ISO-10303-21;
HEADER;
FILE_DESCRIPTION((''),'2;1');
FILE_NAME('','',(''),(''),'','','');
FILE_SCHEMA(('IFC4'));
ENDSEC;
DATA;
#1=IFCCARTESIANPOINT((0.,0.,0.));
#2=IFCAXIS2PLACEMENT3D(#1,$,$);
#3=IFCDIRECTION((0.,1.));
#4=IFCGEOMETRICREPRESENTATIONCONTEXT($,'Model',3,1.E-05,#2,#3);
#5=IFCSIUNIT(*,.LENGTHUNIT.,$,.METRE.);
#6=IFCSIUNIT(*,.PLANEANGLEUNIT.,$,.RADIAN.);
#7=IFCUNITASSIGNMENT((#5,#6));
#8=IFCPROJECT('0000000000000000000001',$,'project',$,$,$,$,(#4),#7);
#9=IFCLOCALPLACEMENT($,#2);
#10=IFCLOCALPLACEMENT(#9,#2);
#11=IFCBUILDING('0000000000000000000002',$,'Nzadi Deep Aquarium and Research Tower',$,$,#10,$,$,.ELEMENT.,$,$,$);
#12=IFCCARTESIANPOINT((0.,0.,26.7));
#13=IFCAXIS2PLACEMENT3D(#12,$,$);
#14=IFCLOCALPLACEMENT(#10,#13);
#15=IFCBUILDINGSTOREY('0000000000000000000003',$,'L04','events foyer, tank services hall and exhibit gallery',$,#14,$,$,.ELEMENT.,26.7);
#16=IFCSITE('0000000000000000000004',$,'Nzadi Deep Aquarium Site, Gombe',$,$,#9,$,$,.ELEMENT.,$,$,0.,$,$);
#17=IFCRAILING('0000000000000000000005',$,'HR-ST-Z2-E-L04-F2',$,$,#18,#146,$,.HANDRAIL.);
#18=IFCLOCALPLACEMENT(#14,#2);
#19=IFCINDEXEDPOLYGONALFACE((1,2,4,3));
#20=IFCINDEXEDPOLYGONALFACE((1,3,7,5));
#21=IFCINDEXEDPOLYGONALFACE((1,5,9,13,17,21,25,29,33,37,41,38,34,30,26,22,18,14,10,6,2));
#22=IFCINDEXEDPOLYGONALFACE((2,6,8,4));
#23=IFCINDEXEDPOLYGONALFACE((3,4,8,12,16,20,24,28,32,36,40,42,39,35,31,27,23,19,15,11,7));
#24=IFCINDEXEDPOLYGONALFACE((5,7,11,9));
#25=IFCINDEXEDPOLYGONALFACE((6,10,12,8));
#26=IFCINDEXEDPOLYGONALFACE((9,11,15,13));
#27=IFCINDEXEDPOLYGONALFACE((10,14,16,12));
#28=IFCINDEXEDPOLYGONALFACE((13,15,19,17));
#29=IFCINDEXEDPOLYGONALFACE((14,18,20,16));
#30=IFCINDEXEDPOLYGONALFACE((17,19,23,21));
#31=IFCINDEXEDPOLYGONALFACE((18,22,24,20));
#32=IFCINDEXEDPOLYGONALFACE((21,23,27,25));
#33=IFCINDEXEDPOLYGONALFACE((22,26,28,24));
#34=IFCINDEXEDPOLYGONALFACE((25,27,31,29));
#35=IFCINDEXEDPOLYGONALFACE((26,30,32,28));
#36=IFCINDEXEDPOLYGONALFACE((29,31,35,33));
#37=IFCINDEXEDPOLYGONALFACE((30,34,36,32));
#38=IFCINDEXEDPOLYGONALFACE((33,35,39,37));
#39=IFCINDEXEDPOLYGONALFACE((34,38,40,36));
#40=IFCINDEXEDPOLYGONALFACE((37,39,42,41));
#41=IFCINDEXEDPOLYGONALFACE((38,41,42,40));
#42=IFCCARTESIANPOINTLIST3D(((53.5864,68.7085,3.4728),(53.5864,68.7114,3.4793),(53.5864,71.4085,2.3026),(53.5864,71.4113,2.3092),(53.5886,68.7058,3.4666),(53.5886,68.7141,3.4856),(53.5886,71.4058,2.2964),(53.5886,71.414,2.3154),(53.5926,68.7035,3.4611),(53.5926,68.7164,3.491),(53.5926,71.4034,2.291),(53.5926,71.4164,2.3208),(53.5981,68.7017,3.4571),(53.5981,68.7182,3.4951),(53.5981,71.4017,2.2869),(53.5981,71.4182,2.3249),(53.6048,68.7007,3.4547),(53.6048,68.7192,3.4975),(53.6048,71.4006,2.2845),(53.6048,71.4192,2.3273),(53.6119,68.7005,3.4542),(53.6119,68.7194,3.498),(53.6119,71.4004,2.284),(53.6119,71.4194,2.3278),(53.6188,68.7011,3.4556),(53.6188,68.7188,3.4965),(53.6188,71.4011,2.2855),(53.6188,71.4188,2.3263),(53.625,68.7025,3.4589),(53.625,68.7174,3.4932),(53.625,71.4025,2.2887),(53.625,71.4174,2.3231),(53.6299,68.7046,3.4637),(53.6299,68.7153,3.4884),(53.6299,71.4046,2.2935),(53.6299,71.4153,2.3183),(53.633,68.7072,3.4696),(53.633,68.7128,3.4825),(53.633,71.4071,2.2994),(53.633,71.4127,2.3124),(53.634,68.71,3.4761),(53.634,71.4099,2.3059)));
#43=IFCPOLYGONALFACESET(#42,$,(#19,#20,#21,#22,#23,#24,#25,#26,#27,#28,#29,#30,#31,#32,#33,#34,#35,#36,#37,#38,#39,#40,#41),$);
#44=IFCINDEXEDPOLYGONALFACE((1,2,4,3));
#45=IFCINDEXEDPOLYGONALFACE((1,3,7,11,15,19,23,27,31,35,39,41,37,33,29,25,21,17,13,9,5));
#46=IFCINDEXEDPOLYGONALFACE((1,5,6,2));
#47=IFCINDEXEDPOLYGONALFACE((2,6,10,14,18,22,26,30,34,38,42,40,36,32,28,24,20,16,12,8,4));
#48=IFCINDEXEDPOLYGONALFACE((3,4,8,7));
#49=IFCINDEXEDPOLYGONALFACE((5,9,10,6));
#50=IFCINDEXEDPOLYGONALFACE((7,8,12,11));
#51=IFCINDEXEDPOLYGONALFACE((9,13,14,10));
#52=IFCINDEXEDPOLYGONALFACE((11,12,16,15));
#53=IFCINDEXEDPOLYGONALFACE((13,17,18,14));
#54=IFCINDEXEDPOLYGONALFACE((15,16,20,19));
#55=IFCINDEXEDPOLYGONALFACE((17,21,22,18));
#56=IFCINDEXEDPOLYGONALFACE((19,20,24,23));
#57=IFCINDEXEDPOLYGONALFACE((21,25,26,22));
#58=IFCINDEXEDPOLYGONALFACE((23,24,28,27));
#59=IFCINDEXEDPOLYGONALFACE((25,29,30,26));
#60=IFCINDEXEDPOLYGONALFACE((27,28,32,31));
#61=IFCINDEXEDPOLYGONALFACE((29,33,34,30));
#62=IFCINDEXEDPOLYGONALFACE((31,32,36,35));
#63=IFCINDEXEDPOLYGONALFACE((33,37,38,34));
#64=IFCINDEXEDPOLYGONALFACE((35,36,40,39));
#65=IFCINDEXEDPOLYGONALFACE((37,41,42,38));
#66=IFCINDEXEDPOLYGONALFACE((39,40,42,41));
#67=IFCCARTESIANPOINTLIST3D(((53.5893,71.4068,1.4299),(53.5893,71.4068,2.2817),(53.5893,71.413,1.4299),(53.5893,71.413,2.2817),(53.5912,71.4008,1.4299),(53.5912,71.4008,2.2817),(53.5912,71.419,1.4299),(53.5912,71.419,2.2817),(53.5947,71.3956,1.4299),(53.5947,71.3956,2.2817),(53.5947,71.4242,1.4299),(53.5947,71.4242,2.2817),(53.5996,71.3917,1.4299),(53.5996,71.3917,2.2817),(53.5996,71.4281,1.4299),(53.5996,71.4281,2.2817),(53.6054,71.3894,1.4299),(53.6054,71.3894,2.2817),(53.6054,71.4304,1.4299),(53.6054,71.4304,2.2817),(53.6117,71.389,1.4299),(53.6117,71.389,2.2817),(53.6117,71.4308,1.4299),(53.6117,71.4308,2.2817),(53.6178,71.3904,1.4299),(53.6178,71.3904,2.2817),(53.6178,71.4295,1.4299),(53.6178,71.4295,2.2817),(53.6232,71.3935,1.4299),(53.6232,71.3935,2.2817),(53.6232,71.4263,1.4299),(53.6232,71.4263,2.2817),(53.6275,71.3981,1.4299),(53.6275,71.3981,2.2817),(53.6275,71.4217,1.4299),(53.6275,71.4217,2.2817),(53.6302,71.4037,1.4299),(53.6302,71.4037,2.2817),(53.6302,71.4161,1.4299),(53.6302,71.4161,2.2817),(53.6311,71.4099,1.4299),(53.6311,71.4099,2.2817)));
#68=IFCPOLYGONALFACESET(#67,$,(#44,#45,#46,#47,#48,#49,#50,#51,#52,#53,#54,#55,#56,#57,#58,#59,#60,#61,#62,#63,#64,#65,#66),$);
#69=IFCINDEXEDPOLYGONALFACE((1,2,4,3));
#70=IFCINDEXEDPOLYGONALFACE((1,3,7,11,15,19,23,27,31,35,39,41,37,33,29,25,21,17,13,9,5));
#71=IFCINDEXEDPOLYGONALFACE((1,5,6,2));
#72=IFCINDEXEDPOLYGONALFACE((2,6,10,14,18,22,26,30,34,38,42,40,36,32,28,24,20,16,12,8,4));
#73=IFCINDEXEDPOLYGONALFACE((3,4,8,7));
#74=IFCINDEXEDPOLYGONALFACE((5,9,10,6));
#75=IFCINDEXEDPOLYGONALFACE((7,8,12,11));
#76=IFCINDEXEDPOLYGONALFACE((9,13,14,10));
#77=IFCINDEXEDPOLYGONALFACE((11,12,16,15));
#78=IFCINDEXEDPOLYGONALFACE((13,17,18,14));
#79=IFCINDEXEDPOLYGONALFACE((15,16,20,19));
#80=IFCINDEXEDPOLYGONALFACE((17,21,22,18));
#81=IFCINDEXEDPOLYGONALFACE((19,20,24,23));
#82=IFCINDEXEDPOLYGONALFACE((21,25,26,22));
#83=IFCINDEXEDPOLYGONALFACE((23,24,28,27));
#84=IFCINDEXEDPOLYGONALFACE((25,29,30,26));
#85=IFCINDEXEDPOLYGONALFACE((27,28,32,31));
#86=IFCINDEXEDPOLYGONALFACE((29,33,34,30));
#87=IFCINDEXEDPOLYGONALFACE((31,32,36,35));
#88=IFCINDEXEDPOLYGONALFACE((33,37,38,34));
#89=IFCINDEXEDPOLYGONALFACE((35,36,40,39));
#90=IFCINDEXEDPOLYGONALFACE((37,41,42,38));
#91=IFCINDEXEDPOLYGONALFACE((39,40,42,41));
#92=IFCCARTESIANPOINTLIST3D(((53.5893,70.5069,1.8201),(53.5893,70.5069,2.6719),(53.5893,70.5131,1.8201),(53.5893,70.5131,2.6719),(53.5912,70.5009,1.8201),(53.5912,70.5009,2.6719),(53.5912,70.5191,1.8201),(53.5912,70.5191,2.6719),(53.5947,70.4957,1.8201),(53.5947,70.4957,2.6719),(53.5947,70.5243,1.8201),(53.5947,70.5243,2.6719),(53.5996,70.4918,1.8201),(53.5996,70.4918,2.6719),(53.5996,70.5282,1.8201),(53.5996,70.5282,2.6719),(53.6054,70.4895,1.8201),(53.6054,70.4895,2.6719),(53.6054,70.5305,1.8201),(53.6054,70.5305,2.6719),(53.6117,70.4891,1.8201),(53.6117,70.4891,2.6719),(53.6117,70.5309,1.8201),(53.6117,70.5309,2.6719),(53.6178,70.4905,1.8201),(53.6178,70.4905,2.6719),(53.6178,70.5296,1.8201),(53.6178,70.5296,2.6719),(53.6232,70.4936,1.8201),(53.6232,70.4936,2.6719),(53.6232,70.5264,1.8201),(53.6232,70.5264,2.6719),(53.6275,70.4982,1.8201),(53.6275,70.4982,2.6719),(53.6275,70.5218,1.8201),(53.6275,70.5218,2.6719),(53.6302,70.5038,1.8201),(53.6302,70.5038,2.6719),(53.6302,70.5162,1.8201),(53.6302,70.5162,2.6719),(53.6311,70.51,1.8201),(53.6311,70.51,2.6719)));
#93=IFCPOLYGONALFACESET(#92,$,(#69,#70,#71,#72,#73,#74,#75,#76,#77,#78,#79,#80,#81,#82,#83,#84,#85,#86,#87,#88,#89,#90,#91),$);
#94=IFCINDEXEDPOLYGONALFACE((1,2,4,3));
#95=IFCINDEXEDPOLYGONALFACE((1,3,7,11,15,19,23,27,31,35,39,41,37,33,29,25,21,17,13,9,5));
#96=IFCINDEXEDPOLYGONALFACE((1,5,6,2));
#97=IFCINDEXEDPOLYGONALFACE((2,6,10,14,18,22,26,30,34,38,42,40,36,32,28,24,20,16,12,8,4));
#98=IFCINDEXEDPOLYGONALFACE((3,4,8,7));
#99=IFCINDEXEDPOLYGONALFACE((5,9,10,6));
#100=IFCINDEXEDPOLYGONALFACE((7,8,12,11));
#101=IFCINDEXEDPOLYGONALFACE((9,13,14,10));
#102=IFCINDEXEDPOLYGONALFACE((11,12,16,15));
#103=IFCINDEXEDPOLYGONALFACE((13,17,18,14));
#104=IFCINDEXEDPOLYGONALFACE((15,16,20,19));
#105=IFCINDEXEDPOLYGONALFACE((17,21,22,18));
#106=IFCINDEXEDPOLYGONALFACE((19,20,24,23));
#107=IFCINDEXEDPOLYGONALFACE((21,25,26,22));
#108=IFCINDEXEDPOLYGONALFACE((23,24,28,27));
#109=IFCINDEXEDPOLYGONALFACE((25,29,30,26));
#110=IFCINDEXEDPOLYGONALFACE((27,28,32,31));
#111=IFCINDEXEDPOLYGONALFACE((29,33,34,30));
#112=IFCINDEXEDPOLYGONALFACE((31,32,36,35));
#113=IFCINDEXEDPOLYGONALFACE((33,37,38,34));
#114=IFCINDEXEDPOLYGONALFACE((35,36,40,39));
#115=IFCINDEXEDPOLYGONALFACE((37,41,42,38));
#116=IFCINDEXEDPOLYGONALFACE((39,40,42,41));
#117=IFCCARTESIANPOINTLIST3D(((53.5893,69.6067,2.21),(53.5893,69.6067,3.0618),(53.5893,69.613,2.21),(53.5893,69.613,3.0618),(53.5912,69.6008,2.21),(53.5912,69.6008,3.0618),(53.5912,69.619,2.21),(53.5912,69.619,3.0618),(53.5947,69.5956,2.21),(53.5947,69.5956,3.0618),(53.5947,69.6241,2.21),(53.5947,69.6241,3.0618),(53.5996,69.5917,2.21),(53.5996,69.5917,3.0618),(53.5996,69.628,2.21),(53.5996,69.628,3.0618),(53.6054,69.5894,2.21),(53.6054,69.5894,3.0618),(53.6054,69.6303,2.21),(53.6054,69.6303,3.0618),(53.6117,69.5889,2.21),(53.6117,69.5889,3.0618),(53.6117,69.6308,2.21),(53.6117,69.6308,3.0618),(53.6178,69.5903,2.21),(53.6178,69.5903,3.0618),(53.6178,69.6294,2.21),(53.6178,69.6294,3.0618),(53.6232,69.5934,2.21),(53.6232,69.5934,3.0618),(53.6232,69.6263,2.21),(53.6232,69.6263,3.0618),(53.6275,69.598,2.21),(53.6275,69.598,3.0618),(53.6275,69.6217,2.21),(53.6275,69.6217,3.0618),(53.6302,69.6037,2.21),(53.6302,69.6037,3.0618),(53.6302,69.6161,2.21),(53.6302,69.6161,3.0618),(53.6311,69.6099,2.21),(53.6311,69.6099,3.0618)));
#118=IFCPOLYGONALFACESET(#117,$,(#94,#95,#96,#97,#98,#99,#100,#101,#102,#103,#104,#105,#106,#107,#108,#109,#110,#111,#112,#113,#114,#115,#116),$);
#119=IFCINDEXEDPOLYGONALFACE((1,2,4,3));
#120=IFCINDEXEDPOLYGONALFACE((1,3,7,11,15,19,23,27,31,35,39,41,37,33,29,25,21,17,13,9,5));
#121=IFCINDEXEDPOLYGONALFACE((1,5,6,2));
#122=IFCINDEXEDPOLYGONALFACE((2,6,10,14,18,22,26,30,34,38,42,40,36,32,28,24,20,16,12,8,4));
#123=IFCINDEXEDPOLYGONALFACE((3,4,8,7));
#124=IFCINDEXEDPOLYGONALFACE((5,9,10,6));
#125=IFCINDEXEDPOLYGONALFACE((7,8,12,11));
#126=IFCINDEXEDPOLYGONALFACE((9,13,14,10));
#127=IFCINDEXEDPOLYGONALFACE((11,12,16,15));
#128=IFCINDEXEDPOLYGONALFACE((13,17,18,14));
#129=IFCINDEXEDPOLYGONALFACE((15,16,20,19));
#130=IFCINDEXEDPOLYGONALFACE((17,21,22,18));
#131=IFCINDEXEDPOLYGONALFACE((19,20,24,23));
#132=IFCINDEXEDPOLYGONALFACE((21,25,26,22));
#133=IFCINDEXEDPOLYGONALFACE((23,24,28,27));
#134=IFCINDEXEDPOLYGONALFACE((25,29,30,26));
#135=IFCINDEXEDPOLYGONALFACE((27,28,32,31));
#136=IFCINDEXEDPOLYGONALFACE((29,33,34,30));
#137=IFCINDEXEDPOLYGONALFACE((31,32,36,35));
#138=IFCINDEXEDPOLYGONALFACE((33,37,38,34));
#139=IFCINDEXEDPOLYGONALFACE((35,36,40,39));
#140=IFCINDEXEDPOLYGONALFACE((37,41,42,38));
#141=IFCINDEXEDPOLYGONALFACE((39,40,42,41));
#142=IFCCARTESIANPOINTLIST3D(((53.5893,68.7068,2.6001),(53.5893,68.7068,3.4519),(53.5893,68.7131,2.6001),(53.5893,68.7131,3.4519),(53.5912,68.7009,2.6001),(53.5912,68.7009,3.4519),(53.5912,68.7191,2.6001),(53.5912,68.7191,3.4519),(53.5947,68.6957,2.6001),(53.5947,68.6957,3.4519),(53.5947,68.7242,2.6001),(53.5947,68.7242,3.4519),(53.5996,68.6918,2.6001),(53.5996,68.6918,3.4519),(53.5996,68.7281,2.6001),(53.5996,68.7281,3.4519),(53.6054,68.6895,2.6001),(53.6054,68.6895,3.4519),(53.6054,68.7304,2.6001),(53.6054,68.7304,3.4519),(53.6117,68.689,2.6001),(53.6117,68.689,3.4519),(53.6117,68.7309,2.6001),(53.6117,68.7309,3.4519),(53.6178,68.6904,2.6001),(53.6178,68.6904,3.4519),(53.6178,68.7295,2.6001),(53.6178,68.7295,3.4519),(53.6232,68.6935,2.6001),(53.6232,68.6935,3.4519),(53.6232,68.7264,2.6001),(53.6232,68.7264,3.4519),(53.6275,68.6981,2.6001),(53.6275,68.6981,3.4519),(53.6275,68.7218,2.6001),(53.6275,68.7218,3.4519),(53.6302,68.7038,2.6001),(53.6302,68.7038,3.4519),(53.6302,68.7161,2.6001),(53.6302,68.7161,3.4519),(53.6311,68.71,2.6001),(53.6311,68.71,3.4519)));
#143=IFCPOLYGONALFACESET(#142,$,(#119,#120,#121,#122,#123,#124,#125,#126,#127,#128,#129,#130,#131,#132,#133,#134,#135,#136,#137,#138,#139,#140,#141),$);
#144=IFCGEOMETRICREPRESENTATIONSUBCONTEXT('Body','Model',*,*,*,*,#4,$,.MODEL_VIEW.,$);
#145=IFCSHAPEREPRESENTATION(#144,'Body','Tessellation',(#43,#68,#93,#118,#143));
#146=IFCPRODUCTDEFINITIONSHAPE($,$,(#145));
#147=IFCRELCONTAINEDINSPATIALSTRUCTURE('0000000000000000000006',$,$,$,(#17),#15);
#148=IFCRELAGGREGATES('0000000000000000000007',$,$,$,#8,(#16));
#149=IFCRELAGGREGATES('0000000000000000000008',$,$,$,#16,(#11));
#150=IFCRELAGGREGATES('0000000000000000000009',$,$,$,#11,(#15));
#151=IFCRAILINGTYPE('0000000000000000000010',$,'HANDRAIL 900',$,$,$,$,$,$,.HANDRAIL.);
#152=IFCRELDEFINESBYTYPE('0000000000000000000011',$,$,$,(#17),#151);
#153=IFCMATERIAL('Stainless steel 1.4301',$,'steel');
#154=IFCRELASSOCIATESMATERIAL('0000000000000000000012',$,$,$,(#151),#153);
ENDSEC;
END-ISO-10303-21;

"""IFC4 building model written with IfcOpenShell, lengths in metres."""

from ifc_helpers import new_model, si_unit, direction, frame, origin, origin_2d, place, context, subcontext, project, spatial, circle, extrude, material, type_object, element, save


model = new_model("IFC4")

# Units and contexts
model_context = context("Model", 3, precision=1e-05, world=origin(), true_north=direction((0.0, 1.0)))
body_context = subcontext(model_context, "Body", "Model", "MODEL_VIEW")
ifc_project = project(units=[si_unit("LENGTHUNIT", "METRE"), si_unit("PLANEANGLEUNIT", "RADIAN")], contexts=[model_context])

# Site, building, storey
site_placement = place(None, origin())
site = spatial("IfcSite", under=ifc_project, at=site_placement, Name="Nzadi Deep Aquarium Site, Gombe", CompositionType="ELEMENT", RefElevation=0.0)
building_placement = place(site_placement, origin())
building = spatial("IfcBuilding", under=site, at=building_placement, Name="Nzadi Deep Aquarium and Research Tower", CompositionType="ELEMENT")
storey_placement = place(building_placement, frame((0.0, 0.0, 26.7)))
storey = spatial("IfcBuildingStorey", under=building, at=storey_placement, Name="L04", Description="events foyer, tank services hall and exhibit gallery", CompositionType="ELEMENT", Elevation=26.7)

# Railing
ifc_material_1 = material(Name="Stainless steel 1.4301", Category="steel")
railing_type_1 = type_object("IfcRailingType", Name="HANDRAIL 900", PredefinedType="HANDRAIL", material=ifc_material_1)
for number, where, name in (
    (1, (53.6101, 71.4099, 1.4299), "HR-ST-Z2-E-L04-F2"),
):
    element("IfcRailing", number, at=place(storey_placement, frame(where)), inside=storey, type_object=railing_type_1, Name=name, PredefinedType="HANDRAIL", context=body_context, shape_type="SweptSolid", body=[
        extrude(circle(Radius=0.0239, at=origin_2d()), frame((0.0, 0.0, 0.876), z_axis=(0.0, -0.917532, 0.397661), x_axis=(1.0, 0.0, 0.0)), (0.0, 0.0, 1.0), 2.9426),
        extrude(circle(Radius=0.021, at=origin_2d()), origin(), (0.0, 0.0, 1.0), 0.8518),
        extrude(circle(Radius=0.021, at=origin_2d()), frame((0.0, -0.8999, 0.3901)), (0.0, 0.0, 1.0), 0.8518),
        extrude(circle(Radius=0.021, at=origin_2d()), frame((0.0, -1.8, 0.78)), (0.0, 0.0, 1.0), 0.8518),
        extrude(circle(Radius=0.021, at=origin_2d()), frame((0.0, -2.7, 1.1702)), (0.0, 0.0, 1.0), 0.8518),
    ])

save(model, "model.ifc")
